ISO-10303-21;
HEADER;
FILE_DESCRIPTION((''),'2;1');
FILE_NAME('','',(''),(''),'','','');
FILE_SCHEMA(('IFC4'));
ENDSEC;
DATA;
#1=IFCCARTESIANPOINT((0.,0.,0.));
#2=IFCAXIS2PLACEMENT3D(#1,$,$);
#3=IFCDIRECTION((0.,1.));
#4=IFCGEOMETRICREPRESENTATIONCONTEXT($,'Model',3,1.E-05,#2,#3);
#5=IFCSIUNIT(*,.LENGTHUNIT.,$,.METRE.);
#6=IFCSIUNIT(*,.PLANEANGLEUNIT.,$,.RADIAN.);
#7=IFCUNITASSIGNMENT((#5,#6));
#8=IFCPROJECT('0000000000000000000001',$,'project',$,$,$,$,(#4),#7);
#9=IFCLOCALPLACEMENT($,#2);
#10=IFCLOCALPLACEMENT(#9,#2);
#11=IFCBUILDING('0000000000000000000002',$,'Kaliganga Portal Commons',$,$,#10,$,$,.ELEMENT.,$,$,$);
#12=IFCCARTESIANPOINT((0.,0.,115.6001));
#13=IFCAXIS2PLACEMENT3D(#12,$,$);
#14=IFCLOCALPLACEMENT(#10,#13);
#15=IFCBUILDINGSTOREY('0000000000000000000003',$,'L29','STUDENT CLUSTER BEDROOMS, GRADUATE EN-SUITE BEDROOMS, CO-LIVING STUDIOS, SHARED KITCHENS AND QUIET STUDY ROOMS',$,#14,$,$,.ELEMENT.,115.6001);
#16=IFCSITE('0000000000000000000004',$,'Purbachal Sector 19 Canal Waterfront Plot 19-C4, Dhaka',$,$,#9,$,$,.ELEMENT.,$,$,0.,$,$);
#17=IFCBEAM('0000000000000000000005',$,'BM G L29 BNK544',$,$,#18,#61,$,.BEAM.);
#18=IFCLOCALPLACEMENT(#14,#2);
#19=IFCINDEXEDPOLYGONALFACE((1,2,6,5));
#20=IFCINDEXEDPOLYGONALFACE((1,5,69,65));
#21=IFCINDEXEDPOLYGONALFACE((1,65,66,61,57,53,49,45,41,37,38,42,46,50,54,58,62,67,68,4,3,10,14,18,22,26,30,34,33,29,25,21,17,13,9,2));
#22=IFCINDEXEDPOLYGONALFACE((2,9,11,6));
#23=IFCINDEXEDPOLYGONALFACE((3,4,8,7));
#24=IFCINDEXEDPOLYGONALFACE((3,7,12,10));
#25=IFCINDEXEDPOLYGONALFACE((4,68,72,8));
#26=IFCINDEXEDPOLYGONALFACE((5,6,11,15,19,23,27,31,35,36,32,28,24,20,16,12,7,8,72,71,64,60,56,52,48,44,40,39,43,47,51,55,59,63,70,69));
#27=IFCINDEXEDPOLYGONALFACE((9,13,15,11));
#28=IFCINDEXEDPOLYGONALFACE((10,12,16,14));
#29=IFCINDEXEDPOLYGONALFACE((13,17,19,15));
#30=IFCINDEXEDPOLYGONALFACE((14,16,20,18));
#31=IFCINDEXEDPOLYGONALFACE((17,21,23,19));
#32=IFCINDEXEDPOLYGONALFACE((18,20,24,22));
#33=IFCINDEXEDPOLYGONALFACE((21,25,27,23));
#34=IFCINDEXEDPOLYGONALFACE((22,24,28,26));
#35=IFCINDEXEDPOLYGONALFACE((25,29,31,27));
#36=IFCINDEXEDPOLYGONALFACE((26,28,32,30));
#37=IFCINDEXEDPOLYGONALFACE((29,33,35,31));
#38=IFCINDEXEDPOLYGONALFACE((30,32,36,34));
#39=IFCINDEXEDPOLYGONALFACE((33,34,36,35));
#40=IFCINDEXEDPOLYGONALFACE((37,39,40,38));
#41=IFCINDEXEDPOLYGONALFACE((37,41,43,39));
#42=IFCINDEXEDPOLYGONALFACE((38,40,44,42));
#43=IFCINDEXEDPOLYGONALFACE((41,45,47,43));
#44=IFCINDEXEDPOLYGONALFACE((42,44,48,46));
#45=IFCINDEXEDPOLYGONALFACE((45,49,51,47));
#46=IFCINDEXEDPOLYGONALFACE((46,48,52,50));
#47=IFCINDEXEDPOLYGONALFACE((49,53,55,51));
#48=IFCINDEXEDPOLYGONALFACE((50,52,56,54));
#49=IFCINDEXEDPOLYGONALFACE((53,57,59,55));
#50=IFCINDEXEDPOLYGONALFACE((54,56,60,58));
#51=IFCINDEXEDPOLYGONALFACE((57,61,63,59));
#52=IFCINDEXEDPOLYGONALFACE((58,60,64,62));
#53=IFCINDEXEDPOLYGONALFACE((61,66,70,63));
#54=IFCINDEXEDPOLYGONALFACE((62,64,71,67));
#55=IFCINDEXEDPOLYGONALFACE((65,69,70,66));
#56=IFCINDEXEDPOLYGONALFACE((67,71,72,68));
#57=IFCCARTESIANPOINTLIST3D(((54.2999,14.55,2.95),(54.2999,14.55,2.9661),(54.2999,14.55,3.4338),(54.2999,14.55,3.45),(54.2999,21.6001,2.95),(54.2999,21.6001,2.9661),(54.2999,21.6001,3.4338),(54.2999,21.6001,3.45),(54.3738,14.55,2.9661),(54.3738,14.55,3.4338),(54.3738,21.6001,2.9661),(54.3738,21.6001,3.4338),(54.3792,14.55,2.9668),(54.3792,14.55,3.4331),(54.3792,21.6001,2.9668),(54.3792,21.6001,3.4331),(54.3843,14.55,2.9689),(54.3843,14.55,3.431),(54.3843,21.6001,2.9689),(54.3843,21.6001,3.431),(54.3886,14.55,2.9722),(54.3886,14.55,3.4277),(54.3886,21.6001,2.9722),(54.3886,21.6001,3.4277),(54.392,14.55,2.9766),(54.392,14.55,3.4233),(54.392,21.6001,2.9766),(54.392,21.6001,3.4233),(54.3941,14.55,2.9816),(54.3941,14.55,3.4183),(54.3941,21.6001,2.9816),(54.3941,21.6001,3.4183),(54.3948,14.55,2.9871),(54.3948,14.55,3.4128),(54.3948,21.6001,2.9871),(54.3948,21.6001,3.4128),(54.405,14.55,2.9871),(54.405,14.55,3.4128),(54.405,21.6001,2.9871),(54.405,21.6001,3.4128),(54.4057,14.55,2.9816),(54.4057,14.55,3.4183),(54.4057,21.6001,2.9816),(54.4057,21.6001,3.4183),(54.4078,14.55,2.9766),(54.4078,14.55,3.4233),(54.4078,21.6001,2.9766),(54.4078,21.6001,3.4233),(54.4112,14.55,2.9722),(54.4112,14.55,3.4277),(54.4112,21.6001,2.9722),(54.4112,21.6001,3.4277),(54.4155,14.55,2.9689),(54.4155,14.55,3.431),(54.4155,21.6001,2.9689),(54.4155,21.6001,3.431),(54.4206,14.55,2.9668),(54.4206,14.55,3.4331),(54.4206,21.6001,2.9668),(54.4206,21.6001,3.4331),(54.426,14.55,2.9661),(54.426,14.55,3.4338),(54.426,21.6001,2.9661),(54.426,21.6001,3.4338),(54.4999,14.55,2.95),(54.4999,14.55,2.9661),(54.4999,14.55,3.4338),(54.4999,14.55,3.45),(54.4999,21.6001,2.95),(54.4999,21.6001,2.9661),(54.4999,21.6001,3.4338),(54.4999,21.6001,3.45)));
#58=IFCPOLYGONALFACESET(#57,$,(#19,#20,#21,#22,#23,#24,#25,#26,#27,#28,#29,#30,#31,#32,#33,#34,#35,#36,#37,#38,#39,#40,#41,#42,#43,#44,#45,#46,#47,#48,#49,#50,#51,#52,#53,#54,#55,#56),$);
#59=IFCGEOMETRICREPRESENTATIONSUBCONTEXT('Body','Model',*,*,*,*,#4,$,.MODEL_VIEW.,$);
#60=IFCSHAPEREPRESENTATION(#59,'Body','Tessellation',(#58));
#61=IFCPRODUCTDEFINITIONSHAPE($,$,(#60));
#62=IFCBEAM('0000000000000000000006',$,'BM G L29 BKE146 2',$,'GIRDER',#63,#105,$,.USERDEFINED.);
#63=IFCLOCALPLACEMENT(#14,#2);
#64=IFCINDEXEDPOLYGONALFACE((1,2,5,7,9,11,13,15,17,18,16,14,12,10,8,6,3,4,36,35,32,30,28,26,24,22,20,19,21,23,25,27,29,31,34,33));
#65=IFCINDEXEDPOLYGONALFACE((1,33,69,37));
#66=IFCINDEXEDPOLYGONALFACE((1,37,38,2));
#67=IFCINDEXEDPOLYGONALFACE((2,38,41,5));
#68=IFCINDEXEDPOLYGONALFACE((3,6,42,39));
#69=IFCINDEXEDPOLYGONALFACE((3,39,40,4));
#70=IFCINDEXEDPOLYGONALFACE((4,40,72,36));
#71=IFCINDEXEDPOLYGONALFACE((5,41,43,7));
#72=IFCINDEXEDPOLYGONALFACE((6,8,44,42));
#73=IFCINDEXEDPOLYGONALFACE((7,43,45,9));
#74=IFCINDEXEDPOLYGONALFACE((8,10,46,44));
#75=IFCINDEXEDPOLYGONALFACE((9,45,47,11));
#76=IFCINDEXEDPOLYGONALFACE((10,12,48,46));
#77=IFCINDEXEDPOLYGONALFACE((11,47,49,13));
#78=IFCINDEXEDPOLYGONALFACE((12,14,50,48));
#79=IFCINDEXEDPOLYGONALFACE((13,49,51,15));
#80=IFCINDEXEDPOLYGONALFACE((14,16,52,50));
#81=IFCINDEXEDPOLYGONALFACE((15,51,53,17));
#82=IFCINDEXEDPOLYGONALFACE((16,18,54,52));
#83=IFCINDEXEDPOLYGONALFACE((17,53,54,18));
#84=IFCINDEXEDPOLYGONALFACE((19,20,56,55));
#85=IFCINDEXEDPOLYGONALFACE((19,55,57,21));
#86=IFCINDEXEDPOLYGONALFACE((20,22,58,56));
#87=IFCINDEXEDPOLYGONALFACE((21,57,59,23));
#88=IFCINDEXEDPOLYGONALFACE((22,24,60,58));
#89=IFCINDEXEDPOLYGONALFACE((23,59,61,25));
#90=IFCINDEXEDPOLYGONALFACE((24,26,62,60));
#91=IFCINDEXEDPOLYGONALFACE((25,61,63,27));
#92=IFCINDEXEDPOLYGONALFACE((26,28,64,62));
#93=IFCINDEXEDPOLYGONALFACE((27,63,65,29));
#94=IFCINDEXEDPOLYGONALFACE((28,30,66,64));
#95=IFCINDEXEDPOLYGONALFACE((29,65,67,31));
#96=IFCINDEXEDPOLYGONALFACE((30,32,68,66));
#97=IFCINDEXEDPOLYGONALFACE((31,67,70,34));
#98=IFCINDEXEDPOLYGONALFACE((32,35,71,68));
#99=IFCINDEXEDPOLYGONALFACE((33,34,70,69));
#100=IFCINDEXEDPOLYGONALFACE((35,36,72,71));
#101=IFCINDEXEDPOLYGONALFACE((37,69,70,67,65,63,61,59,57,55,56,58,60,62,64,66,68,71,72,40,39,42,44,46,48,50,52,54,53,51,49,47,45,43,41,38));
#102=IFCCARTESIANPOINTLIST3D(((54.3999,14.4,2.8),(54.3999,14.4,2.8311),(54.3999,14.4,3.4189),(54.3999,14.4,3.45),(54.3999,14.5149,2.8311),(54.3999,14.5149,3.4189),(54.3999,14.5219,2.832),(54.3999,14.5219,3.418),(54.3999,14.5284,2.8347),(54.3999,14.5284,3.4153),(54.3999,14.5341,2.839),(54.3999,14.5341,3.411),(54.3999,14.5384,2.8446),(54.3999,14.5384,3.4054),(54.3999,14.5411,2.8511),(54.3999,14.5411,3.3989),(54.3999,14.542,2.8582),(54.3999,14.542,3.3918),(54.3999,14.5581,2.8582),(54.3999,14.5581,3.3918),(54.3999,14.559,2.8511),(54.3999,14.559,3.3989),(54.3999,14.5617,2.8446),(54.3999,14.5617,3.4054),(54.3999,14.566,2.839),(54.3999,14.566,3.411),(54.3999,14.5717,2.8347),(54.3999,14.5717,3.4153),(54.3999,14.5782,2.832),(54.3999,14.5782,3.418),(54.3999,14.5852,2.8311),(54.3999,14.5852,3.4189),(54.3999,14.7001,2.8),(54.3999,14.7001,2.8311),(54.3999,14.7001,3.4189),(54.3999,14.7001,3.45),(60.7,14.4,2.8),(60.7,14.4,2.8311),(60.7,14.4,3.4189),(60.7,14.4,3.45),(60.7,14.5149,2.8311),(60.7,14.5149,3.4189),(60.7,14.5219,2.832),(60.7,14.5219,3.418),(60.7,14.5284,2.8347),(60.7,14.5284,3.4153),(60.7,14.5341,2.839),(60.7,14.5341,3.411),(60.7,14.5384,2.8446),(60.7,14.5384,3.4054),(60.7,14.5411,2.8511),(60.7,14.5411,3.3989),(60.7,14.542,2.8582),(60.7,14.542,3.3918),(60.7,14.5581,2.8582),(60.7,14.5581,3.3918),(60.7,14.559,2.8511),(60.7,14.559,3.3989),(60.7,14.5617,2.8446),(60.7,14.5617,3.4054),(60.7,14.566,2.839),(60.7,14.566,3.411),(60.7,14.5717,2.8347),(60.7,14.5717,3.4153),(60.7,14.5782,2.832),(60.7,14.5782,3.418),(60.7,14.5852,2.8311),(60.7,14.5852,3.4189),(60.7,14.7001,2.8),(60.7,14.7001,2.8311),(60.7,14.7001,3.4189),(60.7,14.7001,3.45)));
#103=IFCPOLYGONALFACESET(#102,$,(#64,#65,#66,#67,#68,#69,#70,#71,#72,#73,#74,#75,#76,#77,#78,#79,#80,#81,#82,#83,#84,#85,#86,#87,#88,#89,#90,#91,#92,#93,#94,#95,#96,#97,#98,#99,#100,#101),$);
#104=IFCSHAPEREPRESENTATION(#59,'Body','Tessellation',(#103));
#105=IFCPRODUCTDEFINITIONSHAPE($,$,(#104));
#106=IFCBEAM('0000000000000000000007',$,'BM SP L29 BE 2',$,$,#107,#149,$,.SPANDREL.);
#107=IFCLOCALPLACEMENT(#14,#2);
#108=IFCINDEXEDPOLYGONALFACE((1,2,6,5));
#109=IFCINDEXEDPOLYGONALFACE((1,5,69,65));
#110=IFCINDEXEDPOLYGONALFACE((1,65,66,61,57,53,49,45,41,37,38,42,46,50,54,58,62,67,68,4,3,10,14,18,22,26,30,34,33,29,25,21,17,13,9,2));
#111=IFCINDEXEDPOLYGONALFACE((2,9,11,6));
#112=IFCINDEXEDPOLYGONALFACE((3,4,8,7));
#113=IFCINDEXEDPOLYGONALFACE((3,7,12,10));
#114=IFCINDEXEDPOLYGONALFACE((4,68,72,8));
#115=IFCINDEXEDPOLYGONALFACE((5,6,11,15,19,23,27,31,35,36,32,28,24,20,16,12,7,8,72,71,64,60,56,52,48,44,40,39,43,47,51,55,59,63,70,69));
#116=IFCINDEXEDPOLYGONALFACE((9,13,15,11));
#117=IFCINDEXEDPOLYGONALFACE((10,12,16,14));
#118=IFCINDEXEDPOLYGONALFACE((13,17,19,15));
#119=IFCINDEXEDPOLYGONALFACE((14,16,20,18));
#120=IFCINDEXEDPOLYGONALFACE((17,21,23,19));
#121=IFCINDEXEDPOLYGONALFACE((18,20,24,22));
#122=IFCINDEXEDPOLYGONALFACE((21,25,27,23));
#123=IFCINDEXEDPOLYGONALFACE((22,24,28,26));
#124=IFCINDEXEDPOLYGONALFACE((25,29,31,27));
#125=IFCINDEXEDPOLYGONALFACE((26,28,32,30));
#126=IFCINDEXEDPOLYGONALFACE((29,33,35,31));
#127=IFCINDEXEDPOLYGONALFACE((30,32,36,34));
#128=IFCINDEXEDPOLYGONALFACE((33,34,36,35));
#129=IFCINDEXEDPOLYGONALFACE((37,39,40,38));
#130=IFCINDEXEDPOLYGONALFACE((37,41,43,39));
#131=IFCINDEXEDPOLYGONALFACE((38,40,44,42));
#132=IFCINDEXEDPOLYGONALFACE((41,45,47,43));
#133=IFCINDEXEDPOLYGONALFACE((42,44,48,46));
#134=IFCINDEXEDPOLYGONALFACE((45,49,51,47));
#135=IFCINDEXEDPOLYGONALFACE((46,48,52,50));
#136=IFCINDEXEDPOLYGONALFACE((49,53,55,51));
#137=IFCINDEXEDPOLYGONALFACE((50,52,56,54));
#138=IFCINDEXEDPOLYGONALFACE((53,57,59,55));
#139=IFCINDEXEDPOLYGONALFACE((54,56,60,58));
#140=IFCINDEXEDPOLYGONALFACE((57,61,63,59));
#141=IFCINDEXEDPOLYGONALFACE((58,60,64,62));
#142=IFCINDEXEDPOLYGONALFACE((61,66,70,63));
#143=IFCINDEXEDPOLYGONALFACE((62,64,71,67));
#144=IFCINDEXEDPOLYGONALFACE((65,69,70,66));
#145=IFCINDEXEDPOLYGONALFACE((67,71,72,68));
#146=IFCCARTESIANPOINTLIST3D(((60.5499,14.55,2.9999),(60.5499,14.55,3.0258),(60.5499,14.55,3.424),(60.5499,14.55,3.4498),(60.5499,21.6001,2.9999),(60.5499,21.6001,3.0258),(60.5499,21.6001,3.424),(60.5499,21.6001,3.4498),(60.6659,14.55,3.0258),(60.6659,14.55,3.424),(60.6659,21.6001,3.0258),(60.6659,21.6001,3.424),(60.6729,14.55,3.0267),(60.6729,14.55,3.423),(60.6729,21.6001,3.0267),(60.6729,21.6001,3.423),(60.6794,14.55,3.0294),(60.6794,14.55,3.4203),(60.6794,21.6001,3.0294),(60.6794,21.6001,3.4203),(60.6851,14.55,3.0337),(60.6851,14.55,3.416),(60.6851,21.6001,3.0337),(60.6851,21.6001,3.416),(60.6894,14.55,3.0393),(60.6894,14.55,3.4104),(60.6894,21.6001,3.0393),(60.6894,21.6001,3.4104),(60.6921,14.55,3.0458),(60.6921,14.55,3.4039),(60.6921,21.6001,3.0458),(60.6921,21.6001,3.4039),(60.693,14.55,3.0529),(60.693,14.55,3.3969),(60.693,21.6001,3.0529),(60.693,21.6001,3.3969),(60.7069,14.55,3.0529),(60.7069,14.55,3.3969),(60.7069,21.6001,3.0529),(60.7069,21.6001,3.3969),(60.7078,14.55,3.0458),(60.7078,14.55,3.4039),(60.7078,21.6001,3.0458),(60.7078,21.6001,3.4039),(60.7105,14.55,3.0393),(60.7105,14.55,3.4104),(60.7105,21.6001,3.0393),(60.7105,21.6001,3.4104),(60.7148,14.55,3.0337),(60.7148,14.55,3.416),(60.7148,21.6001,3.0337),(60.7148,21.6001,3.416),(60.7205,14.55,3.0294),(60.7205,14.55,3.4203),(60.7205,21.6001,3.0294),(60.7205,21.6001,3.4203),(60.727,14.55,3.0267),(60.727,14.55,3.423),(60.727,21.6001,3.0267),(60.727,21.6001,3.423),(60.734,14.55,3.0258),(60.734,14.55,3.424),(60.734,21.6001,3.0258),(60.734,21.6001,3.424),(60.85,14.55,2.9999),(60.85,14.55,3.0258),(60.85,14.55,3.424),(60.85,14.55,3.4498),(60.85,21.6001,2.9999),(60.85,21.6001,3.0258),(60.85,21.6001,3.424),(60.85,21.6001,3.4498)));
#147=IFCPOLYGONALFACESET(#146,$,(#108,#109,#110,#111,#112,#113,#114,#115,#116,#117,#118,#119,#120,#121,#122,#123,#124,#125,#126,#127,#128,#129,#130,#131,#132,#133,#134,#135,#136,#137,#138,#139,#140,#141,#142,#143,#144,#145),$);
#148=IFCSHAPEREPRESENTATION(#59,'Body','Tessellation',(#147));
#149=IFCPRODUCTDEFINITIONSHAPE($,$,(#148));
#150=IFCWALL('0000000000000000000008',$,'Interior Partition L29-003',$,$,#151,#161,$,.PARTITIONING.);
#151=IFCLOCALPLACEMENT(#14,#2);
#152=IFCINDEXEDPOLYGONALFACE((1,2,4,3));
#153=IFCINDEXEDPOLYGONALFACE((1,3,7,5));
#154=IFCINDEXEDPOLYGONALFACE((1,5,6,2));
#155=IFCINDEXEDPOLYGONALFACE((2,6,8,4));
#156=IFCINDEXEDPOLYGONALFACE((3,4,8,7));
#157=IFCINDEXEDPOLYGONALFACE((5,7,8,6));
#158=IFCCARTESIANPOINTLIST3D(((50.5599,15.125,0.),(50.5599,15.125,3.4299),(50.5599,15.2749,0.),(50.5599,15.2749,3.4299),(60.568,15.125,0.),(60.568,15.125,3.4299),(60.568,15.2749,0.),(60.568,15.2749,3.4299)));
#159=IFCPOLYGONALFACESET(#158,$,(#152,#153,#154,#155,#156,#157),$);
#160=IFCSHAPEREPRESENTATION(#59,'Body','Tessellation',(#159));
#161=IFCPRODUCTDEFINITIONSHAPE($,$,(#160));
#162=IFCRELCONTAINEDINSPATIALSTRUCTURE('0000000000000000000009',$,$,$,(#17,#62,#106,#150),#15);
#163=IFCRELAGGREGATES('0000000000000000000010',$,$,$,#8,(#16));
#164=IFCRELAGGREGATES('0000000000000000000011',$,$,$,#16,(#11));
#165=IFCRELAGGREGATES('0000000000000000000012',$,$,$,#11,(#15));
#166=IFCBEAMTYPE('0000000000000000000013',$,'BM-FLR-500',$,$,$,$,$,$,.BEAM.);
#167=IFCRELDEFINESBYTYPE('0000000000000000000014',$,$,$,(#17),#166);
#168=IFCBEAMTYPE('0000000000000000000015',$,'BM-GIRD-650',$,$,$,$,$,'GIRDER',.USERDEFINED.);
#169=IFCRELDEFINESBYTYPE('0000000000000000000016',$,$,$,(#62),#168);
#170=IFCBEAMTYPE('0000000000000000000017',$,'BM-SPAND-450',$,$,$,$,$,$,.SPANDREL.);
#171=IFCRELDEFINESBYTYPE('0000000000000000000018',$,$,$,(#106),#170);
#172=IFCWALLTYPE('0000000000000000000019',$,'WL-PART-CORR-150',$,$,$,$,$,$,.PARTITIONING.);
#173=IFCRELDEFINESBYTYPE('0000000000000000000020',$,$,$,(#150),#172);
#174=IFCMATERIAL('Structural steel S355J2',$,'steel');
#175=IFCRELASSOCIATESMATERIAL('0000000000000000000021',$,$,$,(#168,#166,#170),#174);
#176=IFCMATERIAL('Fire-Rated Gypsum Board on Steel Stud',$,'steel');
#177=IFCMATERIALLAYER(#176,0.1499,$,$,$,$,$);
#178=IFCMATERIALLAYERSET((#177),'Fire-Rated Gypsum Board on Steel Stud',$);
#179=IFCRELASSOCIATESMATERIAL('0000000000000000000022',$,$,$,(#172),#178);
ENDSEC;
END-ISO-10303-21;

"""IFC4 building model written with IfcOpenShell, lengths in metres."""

from ifc_helpers import new_model, si_unit, direction, frame, frame_2d, origin, origin_2d, place, context, subcontext, project, spatial, rectangle, i_section, extrude, source, transform, mapped, material, layer, layer_set, material_profile, profile_set, type_object, element, save


model = new_model("IFC4")

# Units and contexts
model_context = context("Model", 3, precision=1e-05, world=origin(), true_north=direction((0.0, 1.0)))
body_context = subcontext(model_context, "Body", "Model", "MODEL_VIEW")
ifc_project = project(units=[si_unit("LENGTHUNIT", "METRE"), si_unit("PLANEANGLEUNIT", "RADIAN")], contexts=[model_context])

# Site, building, storey
site_placement = place(None, origin())
site = spatial("IfcSite", under=ifc_project, at=site_placement, Name="Purbachal Sector 19 Canal Waterfront Plot 19-C4, Dhaka", CompositionType="ELEMENT", RefElevation=0.0)
building_placement = place(site_placement, origin())
building = spatial("IfcBuilding", under=site, at=building_placement, Name="Kaliganga Portal Commons", CompositionType="ELEMENT")
storey_placement = place(building_placement, frame((0.0, 0.0, 115.6001)))
storey = spatial("IfcBuildingStorey", under=building, at=storey_placement, Name="L29", Description="STUDENT CLUSTER BEDROOMS, GRADUATE EN-SUITE BEDROOMS, CO-LIVING STUDIOS, SHARED KITCHENS AND QUIET STUDY ROOMS", CompositionType="ELEMENT", Elevation=115.6001)

# Beams
ifc_material_1 = material(Name="Structural steel S355J2", Category="steel")
ifc_material_profile_1 = material_profile(ifc_material_1, i_section(OverallWidth=0.3, OverallDepth=0.6499, WebThickness=0.0161, FlangeThickness=0.031, FilletRadius=0.0271, at=origin_2d()), Name="HE 650 B")
ifc_profile_set_1 = profile_set([ifc_material_profile_1], Name="Structural steel S355J2 wide-flange")
beam_type_1 = type_object("IfcBeamType", Name="BM-GIRD-650", ElementType="GIRDER", PredefinedType="USERDEFINED", material=ifc_profile_set_1)
ifc_material_profile_2 = material_profile(ifc_material_1, i_section(OverallWidth=0.2, OverallDepth=0.5, WebThickness=0.0103, FlangeThickness=0.0161, FilletRadius=0.021, at=origin_2d()), Name="IPE 500")
ifc_profile_set_2 = profile_set([ifc_material_profile_2], Name="Structural steel S355J2 wide-flange")
beam_type_2 = type_object("IfcBeamType", Name="BM-FLR-500", PredefinedType="BEAM", material=ifc_profile_set_2)
shared_shape_1 = source(origin(), body_context, "Body", "SweptSolid", [
    extrude(i_section(OverallWidth=0.2, OverallDepth=0.5, WebThickness=0.0103, FlangeThickness=0.0161, FilletRadius=0.021, at=origin_2d()), origin(), (0.0, 0.0, 1.0), 7.05),
])
for number, where, z_axis, x_axis, name in (
    (1, (54.3999, 14.55, 3.2), (0.0, 1.0, 0.0), (-1.0, 0.0, 0.0), "BM G L29 BNK544"),
):
    element("IfcBeam", number, at=place(storey_placement, frame(where, z_axis=z_axis, x_axis=x_axis)), inside=storey, type_object=beam_type_2, Name=name, PredefinedType="BEAM", context=body_context, shape_type="MappedRepresentation", body=[
        mapped(shared_shape_1, transform((0.0, 0.0, 0.0), x_axis=(1.0, 0.0, 0.0), y_axis=(0.0, 1.0, 0.0), z_axis=(0.0, 0.0, 1.0), scale=1.0)),
    ])
shared_shape_2 = source(origin(), body_context, "Body", "SweptSolid", [
    extrude(i_section(OverallWidth=0.3, OverallDepth=0.6499, WebThickness=0.0161, FlangeThickness=0.031, FilletRadius=0.0271, at=origin_2d()), origin(), (0.0, 0.0, 1.0), 6.3),
])
beam_1_placement = place(storey_placement, frame((54.3999, 14.55, 3.125), z_axis=(1.0, 0.0, 0.0), x_axis=(0.0, 1.0, 0.0)))
element("IfcBeam", 2, at=beam_1_placement, inside=storey, type_object=beam_type_1, Name="BM G L29 BKE146 2", ObjectType="GIRDER", PredefinedType="USERDEFINED", context=body_context, shape_type="MappedRepresentation", body=[
    mapped(shared_shape_2, transform((0.0, 0.0, 0.0), x_axis=(1.0, 0.0, 0.0), y_axis=(0.0, 1.0, 0.0), z_axis=(0.0, 0.0, 1.0), scale=1.0)),
])
ifc_material_profile_3 = material_profile(ifc_material_1, i_section(OverallWidth=0.3, OverallDepth=0.45, WebThickness=0.0139, FlangeThickness=0.0259, FilletRadius=0.0271, at=origin_2d()), Name="HE 450 B")
ifc_profile_set_3 = profile_set([ifc_material_profile_3], Name="Structural steel S355J2 wide-flange")
beam_type_3 = type_object("IfcBeamType", Name="BM-SPAND-450", PredefinedType="SPANDREL", material=ifc_profile_set_3)
shared_shape_3 = source(origin(), body_context, "Body", "SweptSolid", [
    extrude(i_section(OverallWidth=0.3, OverallDepth=0.45, WebThickness=0.0139, FlangeThickness=0.0259, FilletRadius=0.0271, at=origin_2d()), origin(), (0.0, 0.0, 1.0), 7.05),
])
beam_2_placement = place(storey_placement, frame((60.7, 14.55, 3.2249), z_axis=(0.0, 1.0, 0.0), x_axis=(-1.0, 0.0, 0.0)))
element("IfcBeam", 3, at=beam_2_placement, inside=storey, type_object=beam_type_3, Name="BM SP L29 BE 2", PredefinedType="SPANDREL", context=body_context, shape_type="MappedRepresentation", body=[
    mapped(shared_shape_3, transform((0.0, 0.0, 0.0), x_axis=(1.0, 0.0, 0.0), y_axis=(0.0, 1.0, 0.0), z_axis=(0.0, 0.0, 1.0), scale=1.0)),
])

# Wall
ifc_material_2 = material(Name="Fire-Rated Gypsum Board on Steel Stud", Category="steel")
ifc_layer_1 = layer(ifc_material_2, 0.1499)
ifc_layer_set_1 = layer_set([ifc_layer_1], Name="Fire-Rated Gypsum Board on Steel Stud")
wall_type_1 = type_object("IfcWallType", Name="WL-PART-CORR-150", PredefinedType="PARTITIONING", material=ifc_layer_set_1)
wall_1_placement = place(storey_placement, frame((50.5601, 15.2, 0.0), z_axis=(0.0, 0.0, 1.0), x_axis=(1.0, 0.0, 0.0)))
element("IfcWall", 4, at=wall_1_placement, inside=storey, type_object=wall_type_1, Name="Interior Partition L29-003", PredefinedType="PARTITIONING", context=body_context, shape_type="SweptSolid", body=[
    extrude(rectangle(XDim=10.0081, YDim=0.1499, at=frame_2d((5.0039, 0.0))), origin(), (0.0, 0.0, 1.0), 3.4299),
])

save(model, "model.ifc")
